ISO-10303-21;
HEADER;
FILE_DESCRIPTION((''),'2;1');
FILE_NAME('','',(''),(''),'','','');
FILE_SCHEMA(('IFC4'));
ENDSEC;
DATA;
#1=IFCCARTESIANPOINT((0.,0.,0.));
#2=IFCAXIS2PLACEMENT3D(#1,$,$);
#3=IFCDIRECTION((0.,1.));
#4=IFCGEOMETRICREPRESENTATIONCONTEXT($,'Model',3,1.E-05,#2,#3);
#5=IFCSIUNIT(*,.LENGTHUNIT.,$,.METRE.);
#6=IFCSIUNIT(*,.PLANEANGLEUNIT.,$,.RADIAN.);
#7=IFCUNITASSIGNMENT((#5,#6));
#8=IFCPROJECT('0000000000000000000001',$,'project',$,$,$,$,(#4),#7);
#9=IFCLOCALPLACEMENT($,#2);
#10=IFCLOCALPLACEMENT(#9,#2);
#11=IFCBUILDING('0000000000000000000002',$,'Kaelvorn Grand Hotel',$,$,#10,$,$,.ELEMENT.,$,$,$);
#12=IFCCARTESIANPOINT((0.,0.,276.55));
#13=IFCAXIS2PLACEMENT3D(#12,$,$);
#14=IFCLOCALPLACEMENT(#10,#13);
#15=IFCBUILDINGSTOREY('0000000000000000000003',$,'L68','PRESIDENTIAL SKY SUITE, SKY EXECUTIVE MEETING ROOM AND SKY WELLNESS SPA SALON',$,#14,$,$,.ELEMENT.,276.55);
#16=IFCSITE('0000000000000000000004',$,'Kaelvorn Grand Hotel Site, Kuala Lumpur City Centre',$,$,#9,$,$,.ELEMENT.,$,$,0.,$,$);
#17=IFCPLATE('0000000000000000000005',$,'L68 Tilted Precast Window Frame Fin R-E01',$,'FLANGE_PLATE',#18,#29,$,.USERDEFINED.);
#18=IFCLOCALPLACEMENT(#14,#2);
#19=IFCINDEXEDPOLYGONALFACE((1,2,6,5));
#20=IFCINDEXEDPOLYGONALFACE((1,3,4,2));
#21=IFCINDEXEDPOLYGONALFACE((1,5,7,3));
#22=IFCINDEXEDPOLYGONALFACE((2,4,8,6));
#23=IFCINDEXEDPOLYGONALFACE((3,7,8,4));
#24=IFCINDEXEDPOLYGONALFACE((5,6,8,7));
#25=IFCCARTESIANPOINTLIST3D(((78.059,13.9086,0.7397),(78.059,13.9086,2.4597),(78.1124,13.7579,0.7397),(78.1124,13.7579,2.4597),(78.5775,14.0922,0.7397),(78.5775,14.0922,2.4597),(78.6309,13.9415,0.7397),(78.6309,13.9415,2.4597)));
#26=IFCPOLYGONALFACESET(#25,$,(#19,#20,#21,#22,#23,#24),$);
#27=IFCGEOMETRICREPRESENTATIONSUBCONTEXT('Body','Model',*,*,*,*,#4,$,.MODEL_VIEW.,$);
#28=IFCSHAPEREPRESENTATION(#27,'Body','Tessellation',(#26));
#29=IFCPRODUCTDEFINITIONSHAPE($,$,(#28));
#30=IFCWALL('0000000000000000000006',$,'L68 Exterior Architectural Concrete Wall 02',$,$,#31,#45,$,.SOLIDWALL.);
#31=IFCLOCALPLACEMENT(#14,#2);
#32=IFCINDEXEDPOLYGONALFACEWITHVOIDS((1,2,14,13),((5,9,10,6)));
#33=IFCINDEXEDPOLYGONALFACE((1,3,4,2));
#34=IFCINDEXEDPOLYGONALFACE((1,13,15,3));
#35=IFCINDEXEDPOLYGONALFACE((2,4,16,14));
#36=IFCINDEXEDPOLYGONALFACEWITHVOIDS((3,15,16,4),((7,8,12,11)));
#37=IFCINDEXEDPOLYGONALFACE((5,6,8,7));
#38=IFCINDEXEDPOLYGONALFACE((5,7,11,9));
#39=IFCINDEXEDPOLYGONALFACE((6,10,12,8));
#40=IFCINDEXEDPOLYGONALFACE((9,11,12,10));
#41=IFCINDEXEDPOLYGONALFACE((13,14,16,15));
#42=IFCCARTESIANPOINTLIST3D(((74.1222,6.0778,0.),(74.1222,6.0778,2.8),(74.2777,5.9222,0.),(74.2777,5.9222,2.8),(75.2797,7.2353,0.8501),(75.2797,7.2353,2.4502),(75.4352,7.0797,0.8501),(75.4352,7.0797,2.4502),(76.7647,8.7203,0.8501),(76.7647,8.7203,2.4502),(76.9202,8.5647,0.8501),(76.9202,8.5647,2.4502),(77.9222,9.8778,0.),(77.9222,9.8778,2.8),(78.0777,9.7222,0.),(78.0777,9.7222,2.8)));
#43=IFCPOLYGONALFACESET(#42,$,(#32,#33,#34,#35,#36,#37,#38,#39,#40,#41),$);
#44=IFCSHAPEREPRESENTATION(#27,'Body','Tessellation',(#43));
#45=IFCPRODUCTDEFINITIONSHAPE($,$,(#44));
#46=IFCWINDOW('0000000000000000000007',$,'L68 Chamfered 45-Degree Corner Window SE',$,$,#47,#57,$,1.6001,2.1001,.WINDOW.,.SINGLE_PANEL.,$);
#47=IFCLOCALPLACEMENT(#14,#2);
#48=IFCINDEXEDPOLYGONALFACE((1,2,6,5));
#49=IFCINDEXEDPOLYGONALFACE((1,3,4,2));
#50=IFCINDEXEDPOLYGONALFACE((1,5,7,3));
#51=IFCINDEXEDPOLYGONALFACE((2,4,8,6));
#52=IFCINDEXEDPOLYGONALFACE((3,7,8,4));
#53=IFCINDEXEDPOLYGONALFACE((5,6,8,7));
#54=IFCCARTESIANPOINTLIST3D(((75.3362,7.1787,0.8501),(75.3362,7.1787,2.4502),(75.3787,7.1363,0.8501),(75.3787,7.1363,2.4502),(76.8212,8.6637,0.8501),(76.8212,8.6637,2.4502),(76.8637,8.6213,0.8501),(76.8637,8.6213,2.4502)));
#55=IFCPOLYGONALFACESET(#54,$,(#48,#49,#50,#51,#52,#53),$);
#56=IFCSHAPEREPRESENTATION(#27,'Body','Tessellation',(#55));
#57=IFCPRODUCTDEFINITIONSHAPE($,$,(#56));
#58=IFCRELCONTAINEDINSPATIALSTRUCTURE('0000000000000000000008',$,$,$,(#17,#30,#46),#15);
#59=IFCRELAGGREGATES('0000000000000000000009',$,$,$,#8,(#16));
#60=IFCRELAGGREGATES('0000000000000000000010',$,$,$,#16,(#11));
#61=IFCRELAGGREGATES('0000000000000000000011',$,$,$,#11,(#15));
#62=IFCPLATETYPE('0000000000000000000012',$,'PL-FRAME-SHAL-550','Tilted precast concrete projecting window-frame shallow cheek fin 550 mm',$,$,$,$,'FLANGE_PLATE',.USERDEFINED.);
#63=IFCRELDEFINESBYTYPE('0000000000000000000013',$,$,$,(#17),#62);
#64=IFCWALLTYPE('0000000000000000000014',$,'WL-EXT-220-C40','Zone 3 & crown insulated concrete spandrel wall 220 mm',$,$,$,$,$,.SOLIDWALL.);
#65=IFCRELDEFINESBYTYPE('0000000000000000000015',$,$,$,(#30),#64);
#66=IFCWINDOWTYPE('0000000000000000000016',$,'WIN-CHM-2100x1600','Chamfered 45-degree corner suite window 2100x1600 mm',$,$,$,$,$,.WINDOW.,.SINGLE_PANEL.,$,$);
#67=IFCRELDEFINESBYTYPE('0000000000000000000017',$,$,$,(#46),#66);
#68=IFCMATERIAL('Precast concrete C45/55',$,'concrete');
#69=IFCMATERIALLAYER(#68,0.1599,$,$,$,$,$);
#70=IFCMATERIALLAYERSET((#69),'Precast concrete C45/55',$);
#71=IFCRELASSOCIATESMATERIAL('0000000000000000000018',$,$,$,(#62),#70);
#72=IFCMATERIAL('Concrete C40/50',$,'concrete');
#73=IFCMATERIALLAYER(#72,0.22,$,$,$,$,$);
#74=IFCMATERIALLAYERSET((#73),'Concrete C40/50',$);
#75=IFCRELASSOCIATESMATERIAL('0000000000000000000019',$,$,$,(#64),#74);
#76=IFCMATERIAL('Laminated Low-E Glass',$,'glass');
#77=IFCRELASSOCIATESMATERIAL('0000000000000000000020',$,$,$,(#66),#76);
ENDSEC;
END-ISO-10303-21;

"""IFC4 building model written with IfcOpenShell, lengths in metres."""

from ifc_helpers import new_model, si_unit, direction, frame, frame_2d, origin, origin_2d, place, context, subcontext, project, spatial, rectangle, extrude, material, layer, layer_set, type_object, element, fill, save


model = new_model("IFC4")

# Units and contexts
model_context = context("Model", 3, precision=1e-05, world=origin(), true_north=direction((0.0, 1.0)))
body_context = subcontext(model_context, "Body", "Model", "MODEL_VIEW")
ifc_project = project(units=[si_unit("LENGTHUNIT", "METRE"), si_unit("PLANEANGLEUNIT", "RADIAN")], contexts=[model_context])

# Site, building, storey
site_placement = place(None, origin())
site = spatial("IfcSite", under=ifc_project, at=site_placement, Name="Kaelvorn Grand Hotel Site, Kuala Lumpur City Centre", CompositionType="ELEMENT", RefElevation=0.0)
building_placement = place(site_placement, origin())
building = spatial("IfcBuilding", under=site, at=building_placement, Name="Kaelvorn Grand Hotel", CompositionType="ELEMENT")
storey_placement = place(building_placement, frame((0.0, 0.0, 276.55)))
storey = spatial("IfcBuildingStorey", under=building, at=storey_placement, Name="L68", Description="PRESIDENTIAL SKY SUITE, SKY EXECUTIVE MEETING ROOM AND SKY WELLNESS SPA SALON", CompositionType="ELEMENT", Elevation=276.55)

# Shared definitions
ifc_material_1 = material(Name="Concrete C40/50", Category="concrete")

# Plate
ifc_material_2 = material(Name="Precast concrete C45/55", Category="concrete")
ifc_layer_1 = layer(ifc_material_2, 0.1599)
ifc_layer_set_1 = layer_set([ifc_layer_1], Name="Precast concrete C45/55")
plate_type_1 = type_object("IfcPlateType", Name="PL-FRAME-SHAL-550", Description="Tilted precast concrete projecting window-frame shallow cheek fin 550 mm", ElementType="FLANGE_PLATE", PredefinedType="USERDEFINED", material=ifc_layer_set_1)
plate_1_placement = place(storey_placement, frame((78.345, 13.925, 0.7397), z_axis=(0.0, 0.0, 1.0), x_axis=(-0.333807, 0.942641, 0.0)))
element("IfcPlate", 1, at=plate_1_placement, inside=storey, type_object=plate_type_1, Name="L68 Tilted Precast Window Frame Fin R-E01", ObjectType="FLANGE_PLATE", PredefinedType="USERDEFINED", context=body_context, shape_type="SweptSolid", body=[
    extrude(rectangle(XDim=0.1599, YDim=0.55, at=origin_2d()), origin(), (0.0, 0.0, 1.0), 1.72),
])

# Wall, opening, window
ifc_layer_2 = layer(ifc_material_1, 0.22)
ifc_layer_set_2 = layer_set([ifc_layer_2], Name="Concrete C40/50")
wall_type = type_object("IfcWallType", Name="WL-EXT-220-C40", Description="Zone 3 & crown insulated concrete spandrel wall 220 mm", PredefinedType="SOLIDWALL", material=ifc_layer_set_2)
wall_1_placement = place(storey_placement, frame((74.2, 6.0, 0.0), z_axis=(0.0, 0.0, 1.0), x_axis=(0.707107, 0.707107, 0.0)))
wall_1 = element("IfcWall", 2, at=wall_1_placement, inside=storey, type_object=wall_type, Name="L68 Exterior Architectural Concrete Wall 02", PredefinedType="SOLIDWALL", context=body_context, shape_type="SweptSolid", body=[
    extrude(rectangle(XDim=5.374, YDim=0.22, at=frame_2d((2.687, 0.0))), origin(), (0.0, 0.0, 1.0), 2.8),
])
opening_1_placement = place(wall_1_placement, frame((1.637, 0.0, 0.8501)))
opening_1 = element("IfcOpeningElement", 3, at=opening_1_placement, cuts=wall_1, PredefinedType="OPENING", context=body_context, shape_type="SweptSolid", body=[
    extrude(rectangle(XDim=2.1001, YDim=1.6001, at=frame_2d((1.05, 0.8))), frame((0.0, 0.1201, 0.0), z_axis=(0.0, -1.0, 0.0), x_axis=(1.0, 0.0, 0.0)), (0.0, 0.0, 1.0), 0.24),
])
ifc_material_3 = material(Name="Laminated Low-E Glass", Category="glass")
window_type_1 = type_object("IfcWindowType", Name="WIN-CHM-2100x1600", Description="Chamfered 45-degree corner suite window 2100x1600 mm", PartitioningType="SINGLE_PANEL", PredefinedType="WINDOW", material=ifc_material_3)
window_1_placement = place(opening_1_placement, origin())
window_1 = element("IfcWindow", 4, at=window_1_placement, inside=storey, type_object=window_type_1, Name="L68 Chamfered 45-Degree Corner Window SE", OverallHeight=1.6001, OverallWidth=2.1001, PartitioningType="SINGLE_PANEL", PredefinedType="WINDOW", context=body_context, shape_type="SweptSolid", body=[
    extrude(rectangle(XDim=2.1001, YDim=1.6001, at=frame_2d((1.05, 0.8))), frame((0.0, 0.03, 0.0), z_axis=(0.0, -1.0, 0.0), x_axis=(1.0, 0.0, 0.0)), (0.0, 0.0, 1.0), 0.0601),
])
fill(opening_1, window_1)

save(model, "model.ifc")
